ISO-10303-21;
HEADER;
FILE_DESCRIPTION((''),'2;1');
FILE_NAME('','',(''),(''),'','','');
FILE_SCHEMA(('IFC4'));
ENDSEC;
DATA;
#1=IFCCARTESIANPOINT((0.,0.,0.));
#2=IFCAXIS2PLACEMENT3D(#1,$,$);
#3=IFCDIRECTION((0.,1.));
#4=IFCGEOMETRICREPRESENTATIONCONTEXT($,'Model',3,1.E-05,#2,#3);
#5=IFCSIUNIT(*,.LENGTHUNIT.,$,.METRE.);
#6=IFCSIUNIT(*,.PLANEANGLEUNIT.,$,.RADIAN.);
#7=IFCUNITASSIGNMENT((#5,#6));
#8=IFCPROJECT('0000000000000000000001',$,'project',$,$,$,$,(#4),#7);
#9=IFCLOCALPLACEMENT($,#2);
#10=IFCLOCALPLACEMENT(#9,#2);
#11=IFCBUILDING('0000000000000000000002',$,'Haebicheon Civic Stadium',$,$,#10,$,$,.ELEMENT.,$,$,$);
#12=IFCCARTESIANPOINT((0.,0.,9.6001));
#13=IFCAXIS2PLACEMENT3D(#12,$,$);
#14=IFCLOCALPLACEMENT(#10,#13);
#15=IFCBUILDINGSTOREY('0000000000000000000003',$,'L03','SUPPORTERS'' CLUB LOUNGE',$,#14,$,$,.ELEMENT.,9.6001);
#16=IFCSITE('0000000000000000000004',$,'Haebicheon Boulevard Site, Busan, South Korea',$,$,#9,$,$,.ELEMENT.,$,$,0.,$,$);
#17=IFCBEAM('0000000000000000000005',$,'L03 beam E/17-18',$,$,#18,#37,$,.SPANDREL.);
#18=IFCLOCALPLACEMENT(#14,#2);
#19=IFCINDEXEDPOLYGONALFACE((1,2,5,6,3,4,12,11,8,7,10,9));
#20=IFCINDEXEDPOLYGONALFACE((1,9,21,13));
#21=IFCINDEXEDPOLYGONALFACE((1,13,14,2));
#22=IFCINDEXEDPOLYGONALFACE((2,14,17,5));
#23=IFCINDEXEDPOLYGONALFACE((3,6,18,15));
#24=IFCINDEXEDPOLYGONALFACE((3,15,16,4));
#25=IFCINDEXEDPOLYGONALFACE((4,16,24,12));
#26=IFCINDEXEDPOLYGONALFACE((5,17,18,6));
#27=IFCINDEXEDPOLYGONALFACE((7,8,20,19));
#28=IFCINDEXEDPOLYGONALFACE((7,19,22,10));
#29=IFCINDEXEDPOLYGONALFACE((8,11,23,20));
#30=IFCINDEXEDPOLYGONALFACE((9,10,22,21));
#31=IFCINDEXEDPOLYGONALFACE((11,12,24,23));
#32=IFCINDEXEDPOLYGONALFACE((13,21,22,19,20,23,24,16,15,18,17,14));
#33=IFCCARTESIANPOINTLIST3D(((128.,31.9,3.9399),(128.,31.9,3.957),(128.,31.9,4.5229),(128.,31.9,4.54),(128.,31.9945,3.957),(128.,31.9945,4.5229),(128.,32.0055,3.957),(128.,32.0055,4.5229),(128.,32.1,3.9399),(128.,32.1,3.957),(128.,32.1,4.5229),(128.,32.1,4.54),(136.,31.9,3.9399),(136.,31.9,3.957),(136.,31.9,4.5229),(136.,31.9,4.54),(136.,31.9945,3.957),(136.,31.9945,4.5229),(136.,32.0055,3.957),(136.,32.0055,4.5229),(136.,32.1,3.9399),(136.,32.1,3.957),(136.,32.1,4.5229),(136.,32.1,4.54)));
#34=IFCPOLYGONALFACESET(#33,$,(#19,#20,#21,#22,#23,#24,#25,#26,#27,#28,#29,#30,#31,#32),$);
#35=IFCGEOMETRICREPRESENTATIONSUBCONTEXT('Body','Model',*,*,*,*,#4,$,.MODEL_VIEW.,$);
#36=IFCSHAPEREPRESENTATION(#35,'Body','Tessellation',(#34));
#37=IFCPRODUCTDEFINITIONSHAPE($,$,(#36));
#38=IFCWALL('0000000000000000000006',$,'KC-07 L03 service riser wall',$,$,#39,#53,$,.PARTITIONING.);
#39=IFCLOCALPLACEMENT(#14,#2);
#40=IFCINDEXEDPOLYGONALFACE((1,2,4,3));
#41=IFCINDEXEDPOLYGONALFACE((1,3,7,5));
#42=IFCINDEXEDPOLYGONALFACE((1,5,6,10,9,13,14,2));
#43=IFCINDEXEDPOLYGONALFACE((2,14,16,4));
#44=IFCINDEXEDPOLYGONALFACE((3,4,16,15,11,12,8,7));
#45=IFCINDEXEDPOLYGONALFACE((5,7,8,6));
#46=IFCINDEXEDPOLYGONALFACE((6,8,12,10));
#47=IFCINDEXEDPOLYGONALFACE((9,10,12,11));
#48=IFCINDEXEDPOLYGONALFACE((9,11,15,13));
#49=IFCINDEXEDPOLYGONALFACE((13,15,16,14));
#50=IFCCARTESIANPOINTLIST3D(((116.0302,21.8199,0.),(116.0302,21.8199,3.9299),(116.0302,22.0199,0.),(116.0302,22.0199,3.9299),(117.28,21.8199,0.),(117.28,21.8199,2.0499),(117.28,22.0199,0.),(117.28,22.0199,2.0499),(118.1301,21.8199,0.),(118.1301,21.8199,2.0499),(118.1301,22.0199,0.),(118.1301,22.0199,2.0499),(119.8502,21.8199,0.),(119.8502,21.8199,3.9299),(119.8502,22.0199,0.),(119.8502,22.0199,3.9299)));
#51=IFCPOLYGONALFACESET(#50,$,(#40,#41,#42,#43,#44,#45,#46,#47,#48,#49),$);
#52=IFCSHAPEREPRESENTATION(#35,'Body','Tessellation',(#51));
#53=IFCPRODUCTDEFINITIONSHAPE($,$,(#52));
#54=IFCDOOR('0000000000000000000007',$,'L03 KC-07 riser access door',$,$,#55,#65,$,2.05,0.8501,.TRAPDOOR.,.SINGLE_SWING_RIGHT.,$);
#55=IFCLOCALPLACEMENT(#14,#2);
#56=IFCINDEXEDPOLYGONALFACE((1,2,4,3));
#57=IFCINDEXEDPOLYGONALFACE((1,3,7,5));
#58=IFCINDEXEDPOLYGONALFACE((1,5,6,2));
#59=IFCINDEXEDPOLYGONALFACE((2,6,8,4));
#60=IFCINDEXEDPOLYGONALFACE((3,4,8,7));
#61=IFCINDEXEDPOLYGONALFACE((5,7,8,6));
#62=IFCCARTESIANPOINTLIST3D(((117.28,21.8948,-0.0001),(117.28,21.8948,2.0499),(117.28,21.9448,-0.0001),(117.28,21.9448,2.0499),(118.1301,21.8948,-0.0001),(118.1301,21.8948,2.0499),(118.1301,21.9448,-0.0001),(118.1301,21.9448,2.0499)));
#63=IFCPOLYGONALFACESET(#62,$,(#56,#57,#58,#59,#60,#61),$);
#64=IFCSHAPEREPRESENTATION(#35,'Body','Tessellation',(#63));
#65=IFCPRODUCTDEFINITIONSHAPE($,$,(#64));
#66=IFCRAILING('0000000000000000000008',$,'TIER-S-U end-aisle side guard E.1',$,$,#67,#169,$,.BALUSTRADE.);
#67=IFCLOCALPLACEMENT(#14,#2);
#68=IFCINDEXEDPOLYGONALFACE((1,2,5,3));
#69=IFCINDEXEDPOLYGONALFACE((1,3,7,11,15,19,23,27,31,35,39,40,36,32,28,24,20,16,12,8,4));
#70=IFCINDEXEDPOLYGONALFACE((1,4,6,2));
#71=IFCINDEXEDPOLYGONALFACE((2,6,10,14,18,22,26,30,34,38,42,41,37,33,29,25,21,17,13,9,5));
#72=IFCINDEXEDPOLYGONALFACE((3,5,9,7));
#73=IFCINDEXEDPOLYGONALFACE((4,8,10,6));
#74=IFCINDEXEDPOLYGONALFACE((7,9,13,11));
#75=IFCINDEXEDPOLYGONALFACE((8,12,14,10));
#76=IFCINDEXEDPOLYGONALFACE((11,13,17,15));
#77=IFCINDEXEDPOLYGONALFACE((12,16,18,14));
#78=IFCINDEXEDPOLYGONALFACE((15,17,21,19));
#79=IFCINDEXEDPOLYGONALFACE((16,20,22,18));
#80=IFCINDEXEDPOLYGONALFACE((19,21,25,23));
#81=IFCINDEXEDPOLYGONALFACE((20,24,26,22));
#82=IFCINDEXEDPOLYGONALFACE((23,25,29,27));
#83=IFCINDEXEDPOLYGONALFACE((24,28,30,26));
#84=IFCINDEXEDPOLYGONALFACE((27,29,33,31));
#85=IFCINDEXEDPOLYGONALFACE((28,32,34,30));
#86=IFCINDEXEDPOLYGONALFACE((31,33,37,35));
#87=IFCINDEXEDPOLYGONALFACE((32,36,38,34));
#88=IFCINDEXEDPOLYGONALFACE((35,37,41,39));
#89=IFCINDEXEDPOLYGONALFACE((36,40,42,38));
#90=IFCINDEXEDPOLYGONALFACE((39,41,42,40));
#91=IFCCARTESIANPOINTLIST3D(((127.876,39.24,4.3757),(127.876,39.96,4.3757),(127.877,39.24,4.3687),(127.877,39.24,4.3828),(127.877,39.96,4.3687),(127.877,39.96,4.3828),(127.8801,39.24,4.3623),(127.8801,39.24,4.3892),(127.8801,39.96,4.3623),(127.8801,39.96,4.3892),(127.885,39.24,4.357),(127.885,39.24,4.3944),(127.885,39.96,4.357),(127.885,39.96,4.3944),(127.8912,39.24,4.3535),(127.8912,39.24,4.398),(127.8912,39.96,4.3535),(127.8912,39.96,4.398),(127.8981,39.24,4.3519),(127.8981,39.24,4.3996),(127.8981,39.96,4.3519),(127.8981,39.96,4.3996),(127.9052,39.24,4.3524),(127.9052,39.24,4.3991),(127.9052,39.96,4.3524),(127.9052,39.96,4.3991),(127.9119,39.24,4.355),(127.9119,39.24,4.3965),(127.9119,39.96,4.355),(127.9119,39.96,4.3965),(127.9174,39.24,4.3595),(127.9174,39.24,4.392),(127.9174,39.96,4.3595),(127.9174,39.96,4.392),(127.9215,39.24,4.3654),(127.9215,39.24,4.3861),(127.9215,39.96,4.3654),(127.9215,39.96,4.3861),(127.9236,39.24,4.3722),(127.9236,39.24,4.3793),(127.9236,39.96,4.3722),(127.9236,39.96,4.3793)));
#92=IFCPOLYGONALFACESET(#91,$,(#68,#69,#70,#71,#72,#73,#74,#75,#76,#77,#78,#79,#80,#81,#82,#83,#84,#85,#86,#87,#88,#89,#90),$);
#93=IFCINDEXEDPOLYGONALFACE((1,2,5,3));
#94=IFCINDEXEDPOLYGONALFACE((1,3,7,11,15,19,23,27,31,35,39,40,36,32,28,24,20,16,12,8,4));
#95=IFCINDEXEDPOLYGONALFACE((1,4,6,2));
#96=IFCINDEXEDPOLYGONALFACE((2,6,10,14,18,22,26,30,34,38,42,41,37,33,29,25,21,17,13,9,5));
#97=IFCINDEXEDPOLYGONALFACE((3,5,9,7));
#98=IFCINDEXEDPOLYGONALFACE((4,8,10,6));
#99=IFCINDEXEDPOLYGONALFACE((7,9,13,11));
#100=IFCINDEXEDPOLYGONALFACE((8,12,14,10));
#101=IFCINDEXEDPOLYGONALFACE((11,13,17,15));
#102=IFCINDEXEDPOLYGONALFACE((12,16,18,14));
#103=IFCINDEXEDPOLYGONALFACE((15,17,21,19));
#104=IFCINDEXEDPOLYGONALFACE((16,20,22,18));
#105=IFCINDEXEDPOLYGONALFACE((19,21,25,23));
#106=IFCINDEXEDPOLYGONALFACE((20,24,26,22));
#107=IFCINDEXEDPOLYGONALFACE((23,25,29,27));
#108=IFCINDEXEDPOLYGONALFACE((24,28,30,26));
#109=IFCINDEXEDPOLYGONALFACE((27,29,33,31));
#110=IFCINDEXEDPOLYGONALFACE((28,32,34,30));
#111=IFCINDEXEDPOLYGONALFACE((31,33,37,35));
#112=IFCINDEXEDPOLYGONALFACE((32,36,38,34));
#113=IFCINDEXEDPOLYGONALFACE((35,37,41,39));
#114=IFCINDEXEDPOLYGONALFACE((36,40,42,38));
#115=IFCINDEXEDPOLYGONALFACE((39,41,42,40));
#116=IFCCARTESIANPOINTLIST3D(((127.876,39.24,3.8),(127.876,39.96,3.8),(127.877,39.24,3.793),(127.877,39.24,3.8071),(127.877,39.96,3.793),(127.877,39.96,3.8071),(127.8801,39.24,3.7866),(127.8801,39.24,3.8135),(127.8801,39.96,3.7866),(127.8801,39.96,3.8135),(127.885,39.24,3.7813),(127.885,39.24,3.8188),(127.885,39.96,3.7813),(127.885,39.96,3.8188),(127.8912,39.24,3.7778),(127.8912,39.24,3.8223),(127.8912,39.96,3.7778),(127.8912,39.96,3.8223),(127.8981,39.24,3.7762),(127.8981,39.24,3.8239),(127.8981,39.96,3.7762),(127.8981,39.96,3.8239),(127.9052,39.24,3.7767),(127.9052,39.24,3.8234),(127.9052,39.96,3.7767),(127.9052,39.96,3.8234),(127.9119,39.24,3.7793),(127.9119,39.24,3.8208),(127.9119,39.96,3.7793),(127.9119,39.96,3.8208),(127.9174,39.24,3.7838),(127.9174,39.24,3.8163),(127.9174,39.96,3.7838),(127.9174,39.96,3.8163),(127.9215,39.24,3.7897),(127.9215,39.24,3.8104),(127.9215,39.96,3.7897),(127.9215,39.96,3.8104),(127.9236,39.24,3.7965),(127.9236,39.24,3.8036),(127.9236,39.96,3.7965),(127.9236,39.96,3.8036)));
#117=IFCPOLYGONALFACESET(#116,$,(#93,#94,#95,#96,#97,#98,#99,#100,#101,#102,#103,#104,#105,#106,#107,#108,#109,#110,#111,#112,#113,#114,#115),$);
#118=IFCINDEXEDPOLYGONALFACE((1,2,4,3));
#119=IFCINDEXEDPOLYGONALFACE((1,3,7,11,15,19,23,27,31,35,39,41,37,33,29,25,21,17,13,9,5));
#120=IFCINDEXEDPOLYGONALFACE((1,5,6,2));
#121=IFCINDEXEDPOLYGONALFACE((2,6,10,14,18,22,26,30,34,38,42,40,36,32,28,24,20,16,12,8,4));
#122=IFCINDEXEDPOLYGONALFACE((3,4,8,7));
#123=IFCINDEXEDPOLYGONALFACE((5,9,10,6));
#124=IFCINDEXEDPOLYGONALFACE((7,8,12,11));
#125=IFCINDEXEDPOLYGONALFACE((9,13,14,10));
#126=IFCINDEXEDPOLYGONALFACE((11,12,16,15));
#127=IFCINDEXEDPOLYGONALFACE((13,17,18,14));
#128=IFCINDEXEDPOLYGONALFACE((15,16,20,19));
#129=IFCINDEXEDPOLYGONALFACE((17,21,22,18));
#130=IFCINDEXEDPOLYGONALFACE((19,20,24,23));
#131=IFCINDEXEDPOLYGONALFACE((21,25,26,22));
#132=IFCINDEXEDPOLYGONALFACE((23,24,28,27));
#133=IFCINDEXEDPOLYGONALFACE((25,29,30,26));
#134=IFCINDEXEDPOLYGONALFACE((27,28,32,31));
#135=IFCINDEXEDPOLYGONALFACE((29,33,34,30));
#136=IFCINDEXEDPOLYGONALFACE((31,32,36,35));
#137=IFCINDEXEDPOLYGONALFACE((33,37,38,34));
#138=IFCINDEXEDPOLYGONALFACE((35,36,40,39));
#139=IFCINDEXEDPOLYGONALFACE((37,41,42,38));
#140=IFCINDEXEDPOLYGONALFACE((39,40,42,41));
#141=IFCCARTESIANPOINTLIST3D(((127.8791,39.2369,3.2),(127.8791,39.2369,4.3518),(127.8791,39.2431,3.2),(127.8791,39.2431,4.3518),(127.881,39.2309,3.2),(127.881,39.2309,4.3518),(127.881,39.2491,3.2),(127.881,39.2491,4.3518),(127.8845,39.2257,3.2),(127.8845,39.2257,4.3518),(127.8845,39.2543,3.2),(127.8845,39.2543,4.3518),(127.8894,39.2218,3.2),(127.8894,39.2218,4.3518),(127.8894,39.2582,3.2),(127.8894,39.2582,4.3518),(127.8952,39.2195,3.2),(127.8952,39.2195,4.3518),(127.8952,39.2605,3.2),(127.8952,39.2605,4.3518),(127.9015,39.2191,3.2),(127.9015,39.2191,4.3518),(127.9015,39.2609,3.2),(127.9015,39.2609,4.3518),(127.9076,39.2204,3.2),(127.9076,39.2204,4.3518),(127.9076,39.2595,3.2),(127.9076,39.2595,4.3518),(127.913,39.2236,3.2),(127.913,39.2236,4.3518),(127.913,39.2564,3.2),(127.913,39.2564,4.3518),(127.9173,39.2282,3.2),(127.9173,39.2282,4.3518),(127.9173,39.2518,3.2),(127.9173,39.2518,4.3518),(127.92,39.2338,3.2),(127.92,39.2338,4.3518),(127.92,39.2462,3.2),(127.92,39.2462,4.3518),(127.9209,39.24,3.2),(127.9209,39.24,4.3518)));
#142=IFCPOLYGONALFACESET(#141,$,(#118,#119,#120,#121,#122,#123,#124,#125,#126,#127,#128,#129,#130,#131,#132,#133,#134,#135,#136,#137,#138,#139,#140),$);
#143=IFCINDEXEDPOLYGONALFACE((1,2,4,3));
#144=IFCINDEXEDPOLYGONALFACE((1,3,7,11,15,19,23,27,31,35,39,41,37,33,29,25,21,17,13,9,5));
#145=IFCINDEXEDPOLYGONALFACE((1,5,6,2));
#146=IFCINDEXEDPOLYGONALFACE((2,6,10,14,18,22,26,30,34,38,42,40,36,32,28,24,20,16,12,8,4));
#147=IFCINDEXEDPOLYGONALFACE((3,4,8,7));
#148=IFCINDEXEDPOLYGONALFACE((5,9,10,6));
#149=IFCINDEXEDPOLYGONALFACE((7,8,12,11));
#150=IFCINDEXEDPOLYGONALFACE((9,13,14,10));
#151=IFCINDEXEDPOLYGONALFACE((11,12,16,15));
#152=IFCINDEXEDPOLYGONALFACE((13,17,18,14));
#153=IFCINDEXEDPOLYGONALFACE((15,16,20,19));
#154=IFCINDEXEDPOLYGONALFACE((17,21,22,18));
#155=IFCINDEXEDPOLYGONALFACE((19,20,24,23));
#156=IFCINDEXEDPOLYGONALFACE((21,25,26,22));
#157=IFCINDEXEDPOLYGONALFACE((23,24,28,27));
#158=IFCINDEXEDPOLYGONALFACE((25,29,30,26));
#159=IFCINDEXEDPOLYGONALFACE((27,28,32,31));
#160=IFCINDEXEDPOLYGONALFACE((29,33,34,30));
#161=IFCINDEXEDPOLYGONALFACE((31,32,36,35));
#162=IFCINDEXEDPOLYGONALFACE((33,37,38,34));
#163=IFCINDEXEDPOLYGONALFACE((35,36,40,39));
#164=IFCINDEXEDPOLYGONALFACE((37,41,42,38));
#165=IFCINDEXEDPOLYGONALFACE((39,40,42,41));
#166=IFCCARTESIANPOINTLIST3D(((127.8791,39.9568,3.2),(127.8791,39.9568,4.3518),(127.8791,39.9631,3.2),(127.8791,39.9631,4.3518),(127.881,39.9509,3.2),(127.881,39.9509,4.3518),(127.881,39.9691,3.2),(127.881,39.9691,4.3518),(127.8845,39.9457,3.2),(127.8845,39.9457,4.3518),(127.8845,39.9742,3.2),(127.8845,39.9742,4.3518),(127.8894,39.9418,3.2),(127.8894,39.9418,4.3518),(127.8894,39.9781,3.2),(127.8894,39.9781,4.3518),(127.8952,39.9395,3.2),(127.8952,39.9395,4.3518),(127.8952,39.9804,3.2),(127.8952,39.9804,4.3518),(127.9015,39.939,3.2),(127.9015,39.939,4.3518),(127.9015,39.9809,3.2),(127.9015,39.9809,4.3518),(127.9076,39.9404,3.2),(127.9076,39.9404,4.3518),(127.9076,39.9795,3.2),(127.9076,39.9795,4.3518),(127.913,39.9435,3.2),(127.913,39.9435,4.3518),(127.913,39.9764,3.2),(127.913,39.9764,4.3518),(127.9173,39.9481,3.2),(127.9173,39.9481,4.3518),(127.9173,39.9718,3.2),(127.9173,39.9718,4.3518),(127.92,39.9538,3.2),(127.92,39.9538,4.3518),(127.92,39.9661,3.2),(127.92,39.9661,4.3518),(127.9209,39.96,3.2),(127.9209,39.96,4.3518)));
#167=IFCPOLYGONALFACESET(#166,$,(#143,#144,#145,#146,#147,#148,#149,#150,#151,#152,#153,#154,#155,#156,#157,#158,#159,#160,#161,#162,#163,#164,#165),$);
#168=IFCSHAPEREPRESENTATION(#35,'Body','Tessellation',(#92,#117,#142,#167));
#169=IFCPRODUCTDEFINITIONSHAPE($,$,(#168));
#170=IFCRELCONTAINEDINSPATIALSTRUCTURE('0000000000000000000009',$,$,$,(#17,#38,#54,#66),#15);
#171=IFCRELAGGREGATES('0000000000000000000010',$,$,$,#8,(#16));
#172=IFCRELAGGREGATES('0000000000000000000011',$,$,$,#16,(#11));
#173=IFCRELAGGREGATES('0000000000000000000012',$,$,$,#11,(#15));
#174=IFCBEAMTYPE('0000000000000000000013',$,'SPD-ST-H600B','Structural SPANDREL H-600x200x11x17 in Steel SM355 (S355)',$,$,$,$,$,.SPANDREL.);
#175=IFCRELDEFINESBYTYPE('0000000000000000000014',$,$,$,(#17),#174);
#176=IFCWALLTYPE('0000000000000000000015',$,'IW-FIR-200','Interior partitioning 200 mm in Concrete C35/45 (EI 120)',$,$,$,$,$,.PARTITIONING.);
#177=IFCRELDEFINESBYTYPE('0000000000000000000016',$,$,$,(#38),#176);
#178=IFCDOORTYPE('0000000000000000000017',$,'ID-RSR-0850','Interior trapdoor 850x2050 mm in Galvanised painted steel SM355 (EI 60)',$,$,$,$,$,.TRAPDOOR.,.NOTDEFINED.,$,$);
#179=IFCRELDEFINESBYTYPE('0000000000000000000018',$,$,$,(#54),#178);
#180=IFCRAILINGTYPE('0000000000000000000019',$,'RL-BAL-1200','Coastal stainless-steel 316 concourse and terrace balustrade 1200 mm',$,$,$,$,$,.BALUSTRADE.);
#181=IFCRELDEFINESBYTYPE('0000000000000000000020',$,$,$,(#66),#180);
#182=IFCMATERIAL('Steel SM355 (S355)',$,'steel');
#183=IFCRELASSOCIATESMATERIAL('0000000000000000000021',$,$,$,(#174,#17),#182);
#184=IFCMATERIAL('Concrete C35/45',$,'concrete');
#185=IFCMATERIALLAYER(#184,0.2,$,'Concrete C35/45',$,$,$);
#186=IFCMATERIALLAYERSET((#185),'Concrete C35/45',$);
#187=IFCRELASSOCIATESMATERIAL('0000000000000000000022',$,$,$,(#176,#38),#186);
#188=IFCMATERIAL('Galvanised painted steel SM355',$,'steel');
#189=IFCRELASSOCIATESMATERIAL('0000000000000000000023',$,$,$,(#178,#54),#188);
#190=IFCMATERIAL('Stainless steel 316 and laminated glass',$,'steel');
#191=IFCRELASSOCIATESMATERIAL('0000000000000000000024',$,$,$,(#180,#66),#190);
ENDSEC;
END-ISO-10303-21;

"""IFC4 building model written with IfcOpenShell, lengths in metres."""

from ifc_helpers import new_model, si_unit, direction, frame, frame_2d, origin, origin_2d, place, context, subcontext, project, spatial, rectangle, circle, i_section, extrude, material, layer, layer_set, material_profile, profile_set, type_object, element, fill, save


model = new_model("IFC4")

# Units and contexts
model_context = context("Model", 3, precision=1e-05, world=origin(), true_north=direction((0.0, 1.0)))
body_context = subcontext(model_context, "Body", "Model", "MODEL_VIEW")
ifc_project = project(units=[si_unit("LENGTHUNIT", "METRE"), si_unit("PLANEANGLEUNIT", "RADIAN")], contexts=[model_context])

# Site, building, storey
site_placement = place(None, origin())
site = spatial("IfcSite", under=ifc_project, at=site_placement, Name="Haebicheon Boulevard Site, Busan, South Korea", CompositionType="ELEMENT", RefElevation=0.0)
building_placement = place(site_placement, origin())
building = spatial("IfcBuilding", under=site, at=building_placement, Name="Haebicheon Civic Stadium", CompositionType="ELEMENT")
storey_placement = place(building_placement, frame((0.0, 0.0, 9.6001)))
storey = spatial("IfcBuildingStorey", under=building, at=storey_placement, Name="L03", Description="SUPPORTERS' CLUB LOUNGE", CompositionType="ELEMENT", Elevation=9.6001)

# Beam
ifc_material_1 = material(Name="Steel SM355 (S355)", Category="steel")
ifc_material_profile_1 = material_profile(ifc_material_1, i_section(OverallWidth=0.2, OverallDepth=0.6001, WebThickness=0.011, FlangeThickness=0.0171, at=origin_2d()), Name="H-600x200x11x17")
ifc_profile_set_1 = profile_set([ifc_material_profile_1], Name="Steel SM355 (S355)")
beam_type_1 = type_object("IfcBeamType", Name="SPD-ST-H600B", Description="Structural SPANDREL H-600x200x11x17 in Steel SM355 (S355)", PredefinedType="SPANDREL", material=ifc_profile_set_1)
for number, where, z_axis, x_axis, name in (
    (1, (128.0, 32.0, 4.24), (1.0, 0.0, 0.0), (0.0, 1.0, 0.0), "L03 beam E/17-18"),
):
    element("IfcBeam", number, at=place(storey_placement, frame(where, z_axis=z_axis, x_axis=x_axis)), inside=storey, type_object=beam_type_1, material=ifc_profile_set_1, Name=name, PredefinedType="SPANDREL", context=body_context, shape_type="SweptSolid", body=[
        extrude(i_section(OverallWidth=0.2, OverallDepth=0.6001, WebThickness=0.011, FlangeThickness=0.0171, at=origin_2d()), origin(), (0.0, 0.0, 1.0), 8.0),
    ])

# Wall, opening, door
ifc_material_2 = material(Name="Concrete C35/45", Category="concrete")
ifc_layer = layer(ifc_material_2, 0.2, Name="Concrete C35/45")
ifc_layer_set = layer_set([ifc_layer], Name="Concrete C35/45")
wall_type = type_object("IfcWallType", Name="IW-FIR-200", Description="Interior partitioning 200 mm in Concrete C35/45 (EI 120)", PredefinedType="PARTITIONING", material=ifc_layer_set)
wall_placement = place(storey_placement, frame((116.03, 21.9199, 0.0), z_axis=(0.0, 0.0, 1.0), x_axis=(1.0, 0.0, 0.0)))
wall = element("IfcWall", 2, at=wall_placement, inside=storey, type_object=wall_type, material=ifc_layer_set, Name="KC-07 L03 service riser wall", PredefinedType="PARTITIONING", context=body_context, shape_type="SweptSolid", body=[
    extrude(rectangle(XDim=3.8201, YDim=0.2, at=frame_2d((1.9102, 0.0))), origin(), (0.0, 0.0, 1.0), 3.9299),
])
opening_placement = place(wall_placement, frame((1.25, 0.0, 0.0)))
opening = element("IfcOpeningElement", 3, at=opening_placement, cuts=wall, PredefinedType="OPENING", context=body_context, shape_type="SweptSolid", body=[
    extrude(rectangle(XDim=0.8501, YDim=2.05, at=frame_2d((0.425, 1.0249))), frame((0.0, 0.1099, 0.0), z_axis=(0.0, -1.0, 0.0), x_axis=(1.0, 0.0, 0.0)), (0.0, 0.0, 1.0), 0.22),
])
ifc_material_3 = material(Name="Galvanised painted steel SM355", Category="steel")
door_type = type_object("IfcDoorType", Name="ID-RSR-0850", Description="Interior trapdoor 850x2050 mm in Galvanised painted steel SM355 (EI 60)", OperationType="NOTDEFINED", PredefinedType="TRAPDOOR", material=ifc_material_3)
door_placement = place(opening_placement, origin())
door = element("IfcDoor", 4, at=door_placement, inside=storey, type_object=door_type, material=ifc_material_3, Name="L03 KC-07 riser access door", OperationType="SINGLE_SWING_RIGHT", OverallHeight=2.05, OverallWidth=0.8501, PredefinedType="TRAPDOOR", context=body_context, shape_type="SweptSolid", body=[
    extrude(rectangle(XDim=0.8501, YDim=2.05, at=frame_2d((0.425, 1.0249))), frame((0.0, 0.0249, 0.0), z_axis=(0.0, -1.0, 0.0), x_axis=(1.0, 0.0, 0.0)), (0.0, 0.0, 1.0), 0.05),
])
fill(opening, door)

# Railing
ifc_material_4 = material(Name="Stainless steel 316 and laminated glass", Category="steel")
railing_type_1 = type_object("IfcRailingType", Name="RL-BAL-1200", Description="Coastal stainless-steel 316 concourse and terrace balustrade 1200 mm", PredefinedType="BALUSTRADE", material=ifc_material_4)
for number, where, name in (
    (5, (127.8999, 39.24, 3.2), "TIER-S-U end-aisle side guard E.1"),
):
    element("IfcRailing", number, at=place(storey_placement, frame(where)), inside=storey, type_object=railing_type_1, material=ifc_material_4, Name=name, PredefinedType="BALUSTRADE", context=body_context, shape_type="SweptSolid", body=[
        extrude(circle(Radius=0.0239, at=origin_2d()), frame((0.0, 0.0, 1.1758), z_axis=(0.0, 1.0, 0.0), x_axis=(-1.0, 0.0, 0.0)), (0.0, 0.0, 1.0), 0.72),
        extrude(circle(Radius=0.0239, at=origin_2d()), frame((0.0, 0.0, 0.6001), z_axis=(0.0, 1.0, 0.0), x_axis=(-1.0, 0.0, 0.0)), (0.0, 0.0, 1.0), 0.72),
        extrude(circle(Radius=0.021, at=origin_2d()), origin(), (0.0, 0.0, 1.0), 1.1519),
        extrude(circle(Radius=0.021, at=origin_2d()), frame((0.0, 0.72, 0.0)), (0.0, 0.0, 1.0), 1.1519),
    ])

save(model, "model.ifc")
